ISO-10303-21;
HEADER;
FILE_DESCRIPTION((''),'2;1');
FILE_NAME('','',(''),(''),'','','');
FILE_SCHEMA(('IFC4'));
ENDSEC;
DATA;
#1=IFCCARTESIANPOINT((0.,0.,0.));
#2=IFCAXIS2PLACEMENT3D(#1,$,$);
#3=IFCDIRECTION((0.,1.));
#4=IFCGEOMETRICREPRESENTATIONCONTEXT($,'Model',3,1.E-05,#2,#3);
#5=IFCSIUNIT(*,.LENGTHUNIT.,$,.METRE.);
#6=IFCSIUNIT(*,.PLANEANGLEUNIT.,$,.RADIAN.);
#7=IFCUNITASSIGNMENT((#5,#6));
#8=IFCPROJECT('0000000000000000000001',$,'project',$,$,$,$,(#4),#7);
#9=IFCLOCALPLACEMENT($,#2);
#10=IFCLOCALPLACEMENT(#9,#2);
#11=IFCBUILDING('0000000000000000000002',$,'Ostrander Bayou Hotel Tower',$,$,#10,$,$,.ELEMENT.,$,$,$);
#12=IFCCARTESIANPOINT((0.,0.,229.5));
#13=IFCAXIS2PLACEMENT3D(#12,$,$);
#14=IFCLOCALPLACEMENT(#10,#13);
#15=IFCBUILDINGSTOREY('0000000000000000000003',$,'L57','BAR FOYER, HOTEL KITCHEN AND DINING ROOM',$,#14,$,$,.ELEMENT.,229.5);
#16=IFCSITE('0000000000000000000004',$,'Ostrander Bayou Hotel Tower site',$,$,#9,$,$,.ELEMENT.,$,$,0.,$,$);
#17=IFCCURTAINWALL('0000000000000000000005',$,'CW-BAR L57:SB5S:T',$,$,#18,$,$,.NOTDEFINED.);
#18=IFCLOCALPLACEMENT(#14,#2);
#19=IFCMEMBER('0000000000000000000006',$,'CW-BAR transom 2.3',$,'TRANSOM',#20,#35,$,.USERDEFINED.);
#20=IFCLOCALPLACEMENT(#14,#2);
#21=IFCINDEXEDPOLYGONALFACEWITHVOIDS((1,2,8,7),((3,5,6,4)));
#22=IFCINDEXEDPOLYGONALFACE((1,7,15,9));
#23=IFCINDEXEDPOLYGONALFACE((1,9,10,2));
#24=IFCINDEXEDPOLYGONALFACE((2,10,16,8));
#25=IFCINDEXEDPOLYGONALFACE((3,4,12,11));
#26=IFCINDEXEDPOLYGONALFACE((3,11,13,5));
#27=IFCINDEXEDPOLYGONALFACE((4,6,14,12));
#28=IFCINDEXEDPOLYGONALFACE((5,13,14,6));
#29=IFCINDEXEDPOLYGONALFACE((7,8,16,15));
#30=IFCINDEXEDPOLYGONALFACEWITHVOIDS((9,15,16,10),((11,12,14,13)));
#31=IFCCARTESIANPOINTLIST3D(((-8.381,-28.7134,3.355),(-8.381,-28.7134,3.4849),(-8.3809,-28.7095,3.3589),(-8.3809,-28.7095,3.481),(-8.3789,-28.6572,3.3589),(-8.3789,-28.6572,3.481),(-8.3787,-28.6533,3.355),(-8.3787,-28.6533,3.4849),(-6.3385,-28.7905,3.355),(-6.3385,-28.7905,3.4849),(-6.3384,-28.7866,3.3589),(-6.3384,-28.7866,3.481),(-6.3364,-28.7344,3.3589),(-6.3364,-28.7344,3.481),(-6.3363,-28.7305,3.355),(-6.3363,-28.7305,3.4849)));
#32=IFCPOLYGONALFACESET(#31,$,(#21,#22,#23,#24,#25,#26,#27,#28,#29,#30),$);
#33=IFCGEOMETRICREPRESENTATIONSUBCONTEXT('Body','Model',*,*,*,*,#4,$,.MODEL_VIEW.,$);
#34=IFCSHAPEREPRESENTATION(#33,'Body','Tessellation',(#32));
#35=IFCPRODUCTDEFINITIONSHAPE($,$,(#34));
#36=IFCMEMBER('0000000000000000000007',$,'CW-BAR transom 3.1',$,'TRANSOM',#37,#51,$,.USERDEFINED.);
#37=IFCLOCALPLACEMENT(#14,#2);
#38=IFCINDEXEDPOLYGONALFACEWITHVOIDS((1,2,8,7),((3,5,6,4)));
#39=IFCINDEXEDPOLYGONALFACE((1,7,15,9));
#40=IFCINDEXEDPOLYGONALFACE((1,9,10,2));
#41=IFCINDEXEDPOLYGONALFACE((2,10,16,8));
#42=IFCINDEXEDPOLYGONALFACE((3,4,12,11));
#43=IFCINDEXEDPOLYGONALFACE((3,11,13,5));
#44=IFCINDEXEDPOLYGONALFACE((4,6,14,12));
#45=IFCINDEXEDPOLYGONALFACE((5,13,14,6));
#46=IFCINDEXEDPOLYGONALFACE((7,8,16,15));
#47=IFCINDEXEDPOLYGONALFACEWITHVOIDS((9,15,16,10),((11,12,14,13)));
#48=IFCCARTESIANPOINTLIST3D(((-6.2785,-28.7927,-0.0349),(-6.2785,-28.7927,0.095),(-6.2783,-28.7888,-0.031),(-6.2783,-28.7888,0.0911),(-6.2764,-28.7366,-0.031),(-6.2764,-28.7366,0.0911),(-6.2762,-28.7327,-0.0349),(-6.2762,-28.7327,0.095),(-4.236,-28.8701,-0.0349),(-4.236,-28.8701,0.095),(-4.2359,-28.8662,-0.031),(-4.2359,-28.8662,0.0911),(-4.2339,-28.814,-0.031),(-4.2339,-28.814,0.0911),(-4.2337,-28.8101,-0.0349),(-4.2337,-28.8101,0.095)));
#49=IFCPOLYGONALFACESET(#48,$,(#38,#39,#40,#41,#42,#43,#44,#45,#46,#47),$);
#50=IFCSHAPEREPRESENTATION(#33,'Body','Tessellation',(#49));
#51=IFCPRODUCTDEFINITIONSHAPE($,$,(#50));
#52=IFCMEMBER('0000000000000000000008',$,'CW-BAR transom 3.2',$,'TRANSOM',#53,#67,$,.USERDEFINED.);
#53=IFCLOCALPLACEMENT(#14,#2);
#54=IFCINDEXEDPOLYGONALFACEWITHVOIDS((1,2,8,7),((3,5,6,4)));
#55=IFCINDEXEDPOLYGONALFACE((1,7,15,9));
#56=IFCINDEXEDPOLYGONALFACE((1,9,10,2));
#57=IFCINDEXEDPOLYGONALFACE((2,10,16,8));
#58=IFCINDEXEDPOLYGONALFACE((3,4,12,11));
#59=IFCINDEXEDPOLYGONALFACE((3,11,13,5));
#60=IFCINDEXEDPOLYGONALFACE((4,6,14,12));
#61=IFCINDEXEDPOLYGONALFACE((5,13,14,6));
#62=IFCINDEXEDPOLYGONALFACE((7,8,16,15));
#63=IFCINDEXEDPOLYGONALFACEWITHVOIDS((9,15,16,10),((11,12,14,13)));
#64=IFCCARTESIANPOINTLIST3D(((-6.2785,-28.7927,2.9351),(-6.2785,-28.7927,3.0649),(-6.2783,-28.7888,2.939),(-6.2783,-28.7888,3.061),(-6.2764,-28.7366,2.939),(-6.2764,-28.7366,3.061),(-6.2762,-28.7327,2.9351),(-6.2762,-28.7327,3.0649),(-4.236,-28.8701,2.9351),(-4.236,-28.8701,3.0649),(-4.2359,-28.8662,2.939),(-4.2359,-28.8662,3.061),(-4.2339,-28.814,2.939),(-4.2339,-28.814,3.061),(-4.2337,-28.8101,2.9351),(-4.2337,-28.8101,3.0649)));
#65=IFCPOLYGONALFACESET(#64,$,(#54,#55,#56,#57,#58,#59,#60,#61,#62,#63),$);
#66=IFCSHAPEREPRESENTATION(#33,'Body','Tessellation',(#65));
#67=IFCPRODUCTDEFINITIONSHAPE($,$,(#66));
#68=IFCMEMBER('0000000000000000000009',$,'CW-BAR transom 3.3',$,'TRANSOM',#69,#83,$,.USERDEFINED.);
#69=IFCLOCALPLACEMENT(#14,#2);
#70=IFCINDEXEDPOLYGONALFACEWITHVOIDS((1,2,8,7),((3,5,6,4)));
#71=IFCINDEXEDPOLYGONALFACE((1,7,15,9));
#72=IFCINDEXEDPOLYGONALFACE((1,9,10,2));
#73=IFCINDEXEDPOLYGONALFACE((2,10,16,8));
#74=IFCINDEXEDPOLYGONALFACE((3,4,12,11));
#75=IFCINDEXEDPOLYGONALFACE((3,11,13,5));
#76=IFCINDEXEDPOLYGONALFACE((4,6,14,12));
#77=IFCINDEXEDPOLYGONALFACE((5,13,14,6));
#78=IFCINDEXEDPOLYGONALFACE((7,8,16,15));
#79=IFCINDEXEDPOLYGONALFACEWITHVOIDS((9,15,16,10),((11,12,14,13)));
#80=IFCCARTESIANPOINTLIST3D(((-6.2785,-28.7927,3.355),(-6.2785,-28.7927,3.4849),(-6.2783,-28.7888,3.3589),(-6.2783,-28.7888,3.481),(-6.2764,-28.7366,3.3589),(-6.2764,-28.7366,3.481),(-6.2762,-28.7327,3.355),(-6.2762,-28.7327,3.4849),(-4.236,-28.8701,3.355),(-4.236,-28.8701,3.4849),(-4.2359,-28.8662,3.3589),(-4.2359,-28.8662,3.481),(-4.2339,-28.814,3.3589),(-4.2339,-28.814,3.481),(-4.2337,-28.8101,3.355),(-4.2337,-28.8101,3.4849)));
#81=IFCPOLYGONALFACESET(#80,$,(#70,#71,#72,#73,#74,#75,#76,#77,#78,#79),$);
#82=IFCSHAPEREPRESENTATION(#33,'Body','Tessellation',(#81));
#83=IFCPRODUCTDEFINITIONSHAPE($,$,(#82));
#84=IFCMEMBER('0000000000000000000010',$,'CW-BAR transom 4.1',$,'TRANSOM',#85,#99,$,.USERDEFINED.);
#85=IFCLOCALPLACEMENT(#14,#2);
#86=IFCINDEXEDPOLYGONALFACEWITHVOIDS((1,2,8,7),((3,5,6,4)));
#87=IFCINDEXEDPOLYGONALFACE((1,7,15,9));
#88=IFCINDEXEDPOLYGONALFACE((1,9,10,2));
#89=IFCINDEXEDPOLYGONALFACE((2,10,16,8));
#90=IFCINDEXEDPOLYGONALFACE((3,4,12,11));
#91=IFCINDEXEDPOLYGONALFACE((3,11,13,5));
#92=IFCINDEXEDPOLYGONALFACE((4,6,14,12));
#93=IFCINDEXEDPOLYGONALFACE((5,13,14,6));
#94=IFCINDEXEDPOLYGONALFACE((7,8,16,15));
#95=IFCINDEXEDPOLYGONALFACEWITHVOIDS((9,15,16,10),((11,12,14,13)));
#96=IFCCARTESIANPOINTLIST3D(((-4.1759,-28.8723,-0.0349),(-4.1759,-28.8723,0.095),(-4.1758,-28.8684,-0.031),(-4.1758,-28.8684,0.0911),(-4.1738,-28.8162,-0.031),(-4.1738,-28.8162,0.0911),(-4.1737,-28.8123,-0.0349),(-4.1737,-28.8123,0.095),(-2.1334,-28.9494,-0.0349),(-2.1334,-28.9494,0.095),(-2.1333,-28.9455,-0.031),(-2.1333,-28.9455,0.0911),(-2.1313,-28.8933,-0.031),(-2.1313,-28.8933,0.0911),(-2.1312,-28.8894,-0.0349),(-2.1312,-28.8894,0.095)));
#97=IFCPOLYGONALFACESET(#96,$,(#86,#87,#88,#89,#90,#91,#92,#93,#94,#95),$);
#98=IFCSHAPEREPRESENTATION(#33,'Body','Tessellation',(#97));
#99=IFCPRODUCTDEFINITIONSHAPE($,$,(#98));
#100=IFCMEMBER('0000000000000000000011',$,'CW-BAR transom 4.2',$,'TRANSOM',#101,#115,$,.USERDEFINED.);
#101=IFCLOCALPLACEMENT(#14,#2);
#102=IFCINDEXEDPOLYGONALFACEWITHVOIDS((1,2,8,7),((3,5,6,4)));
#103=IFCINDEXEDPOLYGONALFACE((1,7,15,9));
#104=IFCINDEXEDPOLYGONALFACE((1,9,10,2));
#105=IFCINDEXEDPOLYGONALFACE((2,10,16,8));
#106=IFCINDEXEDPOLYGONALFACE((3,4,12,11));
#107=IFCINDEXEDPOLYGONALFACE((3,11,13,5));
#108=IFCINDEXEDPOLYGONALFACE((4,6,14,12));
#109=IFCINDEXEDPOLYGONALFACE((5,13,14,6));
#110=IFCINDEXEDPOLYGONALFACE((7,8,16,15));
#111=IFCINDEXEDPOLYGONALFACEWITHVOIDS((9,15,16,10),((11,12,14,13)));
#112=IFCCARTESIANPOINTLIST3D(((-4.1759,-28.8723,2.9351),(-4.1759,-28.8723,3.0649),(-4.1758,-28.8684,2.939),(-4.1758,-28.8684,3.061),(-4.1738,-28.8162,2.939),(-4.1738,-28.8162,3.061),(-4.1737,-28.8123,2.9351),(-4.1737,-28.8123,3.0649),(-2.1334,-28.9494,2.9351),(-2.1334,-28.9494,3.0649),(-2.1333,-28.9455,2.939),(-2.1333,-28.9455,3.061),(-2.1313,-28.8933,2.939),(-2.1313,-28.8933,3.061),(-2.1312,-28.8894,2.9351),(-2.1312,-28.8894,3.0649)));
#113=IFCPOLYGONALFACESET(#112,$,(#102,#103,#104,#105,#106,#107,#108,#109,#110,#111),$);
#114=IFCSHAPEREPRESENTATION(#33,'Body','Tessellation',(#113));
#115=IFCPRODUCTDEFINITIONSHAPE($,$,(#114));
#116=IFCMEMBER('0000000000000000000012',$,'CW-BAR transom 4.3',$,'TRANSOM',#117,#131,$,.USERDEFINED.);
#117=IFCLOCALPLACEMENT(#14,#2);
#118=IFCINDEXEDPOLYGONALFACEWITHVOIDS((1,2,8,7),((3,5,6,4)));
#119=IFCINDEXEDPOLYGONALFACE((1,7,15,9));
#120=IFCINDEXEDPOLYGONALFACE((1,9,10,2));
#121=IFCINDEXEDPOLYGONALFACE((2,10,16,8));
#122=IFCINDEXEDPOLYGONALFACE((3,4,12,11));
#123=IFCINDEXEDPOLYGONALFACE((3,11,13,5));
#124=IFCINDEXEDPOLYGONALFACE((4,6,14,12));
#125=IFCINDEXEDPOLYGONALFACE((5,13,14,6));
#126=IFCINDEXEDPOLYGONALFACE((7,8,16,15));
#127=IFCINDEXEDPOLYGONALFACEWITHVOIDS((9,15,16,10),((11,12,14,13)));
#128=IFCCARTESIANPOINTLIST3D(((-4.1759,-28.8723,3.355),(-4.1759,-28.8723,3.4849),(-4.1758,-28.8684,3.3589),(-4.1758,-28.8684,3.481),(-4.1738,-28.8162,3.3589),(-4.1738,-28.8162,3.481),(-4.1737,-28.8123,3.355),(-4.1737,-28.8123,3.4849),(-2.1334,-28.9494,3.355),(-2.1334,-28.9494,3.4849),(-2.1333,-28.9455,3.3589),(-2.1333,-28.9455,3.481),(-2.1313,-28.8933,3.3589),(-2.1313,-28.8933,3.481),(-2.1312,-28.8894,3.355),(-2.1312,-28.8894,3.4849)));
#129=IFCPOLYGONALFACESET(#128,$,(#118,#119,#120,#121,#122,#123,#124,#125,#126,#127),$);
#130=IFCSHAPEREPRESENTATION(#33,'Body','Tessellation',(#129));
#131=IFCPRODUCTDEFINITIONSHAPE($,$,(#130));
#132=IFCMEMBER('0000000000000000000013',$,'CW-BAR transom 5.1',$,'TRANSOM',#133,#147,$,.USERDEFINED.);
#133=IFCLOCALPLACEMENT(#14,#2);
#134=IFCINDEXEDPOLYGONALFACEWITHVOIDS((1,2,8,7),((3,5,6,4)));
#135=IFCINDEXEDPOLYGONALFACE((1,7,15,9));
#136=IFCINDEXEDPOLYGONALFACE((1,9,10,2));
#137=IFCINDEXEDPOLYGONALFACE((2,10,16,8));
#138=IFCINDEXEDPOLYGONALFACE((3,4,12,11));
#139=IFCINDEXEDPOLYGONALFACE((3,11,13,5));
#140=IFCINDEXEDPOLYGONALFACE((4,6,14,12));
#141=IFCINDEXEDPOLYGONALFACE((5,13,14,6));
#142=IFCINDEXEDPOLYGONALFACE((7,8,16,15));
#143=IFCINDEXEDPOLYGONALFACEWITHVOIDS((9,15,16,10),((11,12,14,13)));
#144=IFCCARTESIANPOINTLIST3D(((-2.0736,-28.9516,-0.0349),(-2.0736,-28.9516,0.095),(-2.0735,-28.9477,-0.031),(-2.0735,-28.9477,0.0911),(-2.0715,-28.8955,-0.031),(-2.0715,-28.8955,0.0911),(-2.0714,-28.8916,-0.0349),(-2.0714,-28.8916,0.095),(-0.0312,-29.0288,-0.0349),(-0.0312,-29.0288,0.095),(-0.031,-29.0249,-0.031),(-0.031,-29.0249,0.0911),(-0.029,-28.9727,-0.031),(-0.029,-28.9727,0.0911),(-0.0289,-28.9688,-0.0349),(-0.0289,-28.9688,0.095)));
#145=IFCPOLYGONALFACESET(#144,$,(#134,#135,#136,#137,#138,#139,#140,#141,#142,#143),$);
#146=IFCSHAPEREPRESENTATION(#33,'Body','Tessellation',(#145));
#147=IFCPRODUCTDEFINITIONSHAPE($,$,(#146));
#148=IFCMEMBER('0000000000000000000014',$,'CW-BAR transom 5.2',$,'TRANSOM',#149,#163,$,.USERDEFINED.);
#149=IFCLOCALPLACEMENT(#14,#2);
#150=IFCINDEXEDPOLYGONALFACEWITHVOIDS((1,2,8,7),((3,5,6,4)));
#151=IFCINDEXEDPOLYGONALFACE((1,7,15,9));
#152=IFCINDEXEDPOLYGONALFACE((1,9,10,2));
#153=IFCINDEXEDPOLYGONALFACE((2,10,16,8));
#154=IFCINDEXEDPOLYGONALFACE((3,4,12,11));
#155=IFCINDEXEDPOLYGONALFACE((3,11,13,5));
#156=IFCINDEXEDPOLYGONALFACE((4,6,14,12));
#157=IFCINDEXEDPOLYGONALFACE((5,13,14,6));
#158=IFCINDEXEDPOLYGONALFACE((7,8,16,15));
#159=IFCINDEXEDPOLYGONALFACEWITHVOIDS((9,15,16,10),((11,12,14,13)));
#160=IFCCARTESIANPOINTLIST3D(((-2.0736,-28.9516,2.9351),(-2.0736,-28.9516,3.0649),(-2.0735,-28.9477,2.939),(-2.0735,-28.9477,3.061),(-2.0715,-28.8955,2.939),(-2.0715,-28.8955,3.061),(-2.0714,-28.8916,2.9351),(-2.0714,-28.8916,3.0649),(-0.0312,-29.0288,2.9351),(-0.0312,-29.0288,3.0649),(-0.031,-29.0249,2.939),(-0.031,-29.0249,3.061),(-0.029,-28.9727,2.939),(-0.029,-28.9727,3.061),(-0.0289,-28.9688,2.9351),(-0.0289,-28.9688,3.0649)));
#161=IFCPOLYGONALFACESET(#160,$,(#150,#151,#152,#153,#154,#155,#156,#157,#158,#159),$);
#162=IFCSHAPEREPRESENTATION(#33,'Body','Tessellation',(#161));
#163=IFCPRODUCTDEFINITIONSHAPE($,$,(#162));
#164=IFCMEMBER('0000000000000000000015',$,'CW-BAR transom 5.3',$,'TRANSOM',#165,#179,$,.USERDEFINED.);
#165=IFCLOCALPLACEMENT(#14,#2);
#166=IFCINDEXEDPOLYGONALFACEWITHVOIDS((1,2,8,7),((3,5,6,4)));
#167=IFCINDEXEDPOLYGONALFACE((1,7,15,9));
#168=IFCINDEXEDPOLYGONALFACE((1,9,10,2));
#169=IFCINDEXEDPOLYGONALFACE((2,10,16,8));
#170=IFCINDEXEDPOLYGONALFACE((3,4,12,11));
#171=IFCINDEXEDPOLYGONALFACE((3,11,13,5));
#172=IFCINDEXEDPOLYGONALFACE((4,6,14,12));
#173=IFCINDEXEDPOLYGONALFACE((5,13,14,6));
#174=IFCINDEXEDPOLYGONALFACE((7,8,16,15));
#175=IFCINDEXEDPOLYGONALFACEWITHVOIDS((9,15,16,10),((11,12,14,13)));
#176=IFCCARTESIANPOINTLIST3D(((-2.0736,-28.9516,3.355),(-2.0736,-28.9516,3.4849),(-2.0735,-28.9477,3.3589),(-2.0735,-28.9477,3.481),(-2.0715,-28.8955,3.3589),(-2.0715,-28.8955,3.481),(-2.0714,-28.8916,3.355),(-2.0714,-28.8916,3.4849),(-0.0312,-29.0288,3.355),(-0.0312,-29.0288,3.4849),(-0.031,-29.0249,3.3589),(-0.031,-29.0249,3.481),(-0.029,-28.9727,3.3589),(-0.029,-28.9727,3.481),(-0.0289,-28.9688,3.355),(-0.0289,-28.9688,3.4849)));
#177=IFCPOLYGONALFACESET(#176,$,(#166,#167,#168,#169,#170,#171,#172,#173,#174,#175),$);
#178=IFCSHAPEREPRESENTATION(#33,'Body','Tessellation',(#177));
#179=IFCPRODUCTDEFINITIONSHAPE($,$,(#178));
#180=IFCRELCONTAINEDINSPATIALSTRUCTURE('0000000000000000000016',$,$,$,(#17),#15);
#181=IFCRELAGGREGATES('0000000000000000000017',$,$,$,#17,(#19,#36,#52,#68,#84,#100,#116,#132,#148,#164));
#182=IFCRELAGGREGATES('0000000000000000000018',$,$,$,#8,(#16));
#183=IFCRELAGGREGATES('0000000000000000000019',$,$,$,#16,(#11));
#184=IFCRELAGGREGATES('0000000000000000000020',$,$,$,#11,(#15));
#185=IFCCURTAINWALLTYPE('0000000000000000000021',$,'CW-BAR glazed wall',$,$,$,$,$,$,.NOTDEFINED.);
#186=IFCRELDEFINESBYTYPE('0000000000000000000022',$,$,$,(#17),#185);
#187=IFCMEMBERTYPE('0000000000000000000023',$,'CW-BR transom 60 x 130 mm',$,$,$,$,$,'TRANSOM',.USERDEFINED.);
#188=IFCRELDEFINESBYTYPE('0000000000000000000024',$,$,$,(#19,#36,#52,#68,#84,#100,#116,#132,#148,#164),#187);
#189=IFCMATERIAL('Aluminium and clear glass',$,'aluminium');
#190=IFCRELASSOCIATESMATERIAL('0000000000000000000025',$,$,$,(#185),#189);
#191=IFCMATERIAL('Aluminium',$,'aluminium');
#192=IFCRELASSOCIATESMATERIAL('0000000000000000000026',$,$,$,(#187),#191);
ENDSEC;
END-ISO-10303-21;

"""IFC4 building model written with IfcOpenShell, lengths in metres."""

from ifc_helpers import new_model, si_unit, direction, frame, origin, origin_2d, place, context, subcontext, project, spatial, hollow_rectangle, extrude, material, material_profile, profile_set, type_object, element, aggregate, save


model = new_model("IFC4")

# Units and contexts
model_context = context("Model", 3, precision=1e-05, world=origin(), true_north=direction((0.0, 1.0)))
body_context = subcontext(model_context, "Body", "Model", "MODEL_VIEW")
ifc_project = project(units=[si_unit("LENGTHUNIT", "METRE"), si_unit("PLANEANGLEUNIT", "RADIAN")], contexts=[model_context])

# Site, building, storey
site_placement = place(None, origin())
site = spatial("IfcSite", under=ifc_project, at=site_placement, Name="Ostrander Bayou Hotel Tower site", CompositionType="ELEMENT", RefElevation=0.0)
building_placement = place(site_placement, origin())
building = spatial("IfcBuilding", under=site, at=building_placement, Name="Ostrander Bayou Hotel Tower", CompositionType="ELEMENT")
storey_placement = place(building_placement, frame((0.0, 0.0, 229.5)))
storey = spatial("IfcBuildingStorey", under=building, at=storey_placement, Name="L57", Description="BAR FOYER, HOTEL KITCHEN AND DINING ROOM", CompositionType="ELEMENT", Elevation=229.5)

# Shared definitions
ifc_material_1 = material(Name="Aluminium and clear glass", Category="aluminium")
curtain_wall_type = type_object("IfcCurtainWallType", Name="CW-BAR glazed wall", PredefinedType="NOTDEFINED", material=ifc_material_1)

# Curtain wall, members
curtain_wall_1_placement = place(storey_placement, origin())
curtain_wall_1 = element("IfcCurtainWall", 1, at=curtain_wall_1_placement, inside=storey, type_object=curtain_wall_type, Name="CW-BAR L57:SB5S:T", PredefinedType="NOTDEFINED")
ifc_material_2 = material(Name="Aluminium", Category="aluminium")
ifc_material_profile_1 = material_profile(ifc_material_2, hollow_rectangle(XDim=0.0601, YDim=0.1299, WallThickness=0.0039, at=origin_2d()))
ifc_profile_set_1 = profile_set([ifc_material_profile_1], Name="Aluminium")
member_type_1 = type_object("IfcMemberType", Name="CW-BR transom 60 x 130 mm", ElementType="TRANSOM", PredefinedType="USERDEFINED", material=ifc_profile_set_1)
member_1_placement = place(storey_placement, frame((-8.3799, -28.6833, 3.4199), z_axis=(0.999287, -0.037745, 0.0), x_axis=(0.037745, 0.999287, 0.0)))
member_1 = element("IfcMember", 2, at=member_1_placement, type_object=member_type_1, Name="CW-BAR transom 2.3", ObjectType="TRANSOM", PredefinedType="USERDEFINED", context=body_context, shape_type="SweptSolid", body=[
    extrude(hollow_rectangle(XDim=0.0601, YDim=0.1299, WallThickness=0.0039, at=origin_2d()), origin(), (0.0, 0.0, 1.0), 2.0439),
])
member_2_placement = place(storey_placement, frame((-6.2773, -28.7627, 0.03), z_axis=(0.999283, -0.037864, 0.0), x_axis=(0.037864, 0.999283, 0.0)))
member_2 = element("IfcMember", 3, at=member_2_placement, type_object=member_type_1, Name="CW-BAR transom 3.1", ObjectType="TRANSOM", PredefinedType="USERDEFINED", context=body_context, shape_type="SweptSolid", body=[
    extrude(hollow_rectangle(XDim=0.0601, YDim=0.1299, WallThickness=0.0039, at=origin_2d()), origin(), (0.0, 0.0, 1.0), 2.0439),
])
member_3_placement = place(storey_placement, frame((-6.2773, -28.7627, 3.0), z_axis=(0.999283, -0.037864, 0.0), x_axis=(0.037864, 0.999283, 0.0)))
member_3 = element("IfcMember", 4, at=member_3_placement, type_object=member_type_1, Name="CW-BAR transom 3.2", ObjectType="TRANSOM", PredefinedType="USERDEFINED", context=body_context, shape_type="SweptSolid", body=[
    extrude(hollow_rectangle(XDim=0.0601, YDim=0.1299, WallThickness=0.0039, at=origin_2d()), origin(), (0.0, 0.0, 1.0), 2.0439),
])
member_4_placement = place(storey_placement, frame((-6.2773, -28.7627, 3.4199), z_axis=(0.999283, -0.037864, 0.0), x_axis=(0.037864, 0.999283, 0.0)))
member_4 = element("IfcMember", 5, at=member_4_placement, type_object=member_type_1, Name="CW-BAR transom 3.3", ObjectType="TRANSOM", PredefinedType="USERDEFINED", context=body_context, shape_type="SweptSolid", body=[
    extrude(hollow_rectangle(XDim=0.0601, YDim=0.1299, WallThickness=0.0039, at=origin_2d()), origin(), (0.0, 0.0, 1.0), 2.0439),
])
member_5_placement = place(storey_placement, frame((-4.1748, -28.8423, 0.03), z_axis=(0.999287, -0.037745, 0.0), x_axis=(0.037745, 0.999287, 0.0)))
member_5 = element("IfcMember", 6, at=member_5_placement, type_object=member_type_1, Name="CW-BAR transom 4.1", ObjectType="TRANSOM", PredefinedType="USERDEFINED", context=body_context, shape_type="SweptSolid", body=[
    extrude(hollow_rectangle(XDim=0.0601, YDim=0.1299, WallThickness=0.0039, at=origin_2d()), origin(), (0.0, 0.0, 1.0), 2.0439),
])
member_6_placement = place(storey_placement, frame((-4.1748, -28.8423, 3.0), z_axis=(0.999287, -0.037745, 0.0), x_axis=(0.037745, 0.999287, 0.0)))
member_6 = element("IfcMember", 7, at=member_6_placement, type_object=member_type_1, Name="CW-BAR transom 4.2", ObjectType="TRANSOM", PredefinedType="USERDEFINED", context=body_context, shape_type="SweptSolid", body=[
    extrude(hollow_rectangle(XDim=0.0601, YDim=0.1299, WallThickness=0.0039, at=origin_2d()), origin(), (0.0, 0.0, 1.0), 2.0439),
])
member_7_placement = place(storey_placement, frame((-4.1748, -28.8423, 3.4199), z_axis=(0.999287, -0.037745, 0.0), x_axis=(0.037745, 0.999287, 0.0)))
member_7 = element("IfcMember", 8, at=member_7_placement, type_object=member_type_1, Name="CW-BAR transom 4.3", ObjectType="TRANSOM", PredefinedType="USERDEFINED", context=body_context, shape_type="SweptSolid", body=[
    extrude(hollow_rectangle(XDim=0.0601, YDim=0.1299, WallThickness=0.0039, at=origin_2d()), origin(), (0.0, 0.0, 1.0), 2.0439),
])
member_8_placement = place(storey_placement, frame((-2.0725, -28.9216, 0.03), z_axis=(0.999287, -0.037745, 0.0), x_axis=(0.037745, 0.999287, 0.0)))
member_8 = element("IfcMember", 9, at=member_8_placement, type_object=member_type_1, Name="CW-BAR transom 5.1", ObjectType="TRANSOM", PredefinedType="USERDEFINED", context=body_context, shape_type="SweptSolid", body=[
    extrude(hollow_rectangle(XDim=0.0601, YDim=0.1299, WallThickness=0.0039, at=origin_2d()), origin(), (0.0, 0.0, 1.0), 2.0439),
])
member_9_placement = place(storey_placement, frame((-2.0725, -28.9216, 3.0), z_axis=(0.999287, -0.037745, 0.0), x_axis=(0.037745, 0.999287, 0.0)))
member_9 = element("IfcMember", 10, at=member_9_placement, type_object=member_type_1, Name="CW-BAR transom 5.2", ObjectType="TRANSOM", PredefinedType="USERDEFINED", context=body_context, shape_type="SweptSolid", body=[
    extrude(hollow_rectangle(XDim=0.0601, YDim=0.1299, WallThickness=0.0039, at=origin_2d()), origin(), (0.0, 0.0, 1.0), 2.0439),
])
member_10_placement = place(storey_placement, frame((-2.0725, -28.9216, 3.4199), z_axis=(0.999287, -0.037745, 0.0), x_axis=(0.037745, 0.999287, 0.0)))
member_10 = element("IfcMember", 11, at=member_10_placement, type_object=member_type_1, Name="CW-BAR transom 5.3", ObjectType="TRANSOM", PredefinedType="USERDEFINED", context=body_context, shape_type="SweptSolid", body=[
    extrude(hollow_rectangle(XDim=0.0601, YDim=0.1299, WallThickness=0.0039, at=origin_2d()), origin(), (0.0, 0.0, 1.0), 2.0439),
])

aggregate(curtain_wall_1, [member_1, member_2, member_3, member_4, member_5, member_6, member_7, member_8, member_9, member_10])

save(model, "model.ifc")
